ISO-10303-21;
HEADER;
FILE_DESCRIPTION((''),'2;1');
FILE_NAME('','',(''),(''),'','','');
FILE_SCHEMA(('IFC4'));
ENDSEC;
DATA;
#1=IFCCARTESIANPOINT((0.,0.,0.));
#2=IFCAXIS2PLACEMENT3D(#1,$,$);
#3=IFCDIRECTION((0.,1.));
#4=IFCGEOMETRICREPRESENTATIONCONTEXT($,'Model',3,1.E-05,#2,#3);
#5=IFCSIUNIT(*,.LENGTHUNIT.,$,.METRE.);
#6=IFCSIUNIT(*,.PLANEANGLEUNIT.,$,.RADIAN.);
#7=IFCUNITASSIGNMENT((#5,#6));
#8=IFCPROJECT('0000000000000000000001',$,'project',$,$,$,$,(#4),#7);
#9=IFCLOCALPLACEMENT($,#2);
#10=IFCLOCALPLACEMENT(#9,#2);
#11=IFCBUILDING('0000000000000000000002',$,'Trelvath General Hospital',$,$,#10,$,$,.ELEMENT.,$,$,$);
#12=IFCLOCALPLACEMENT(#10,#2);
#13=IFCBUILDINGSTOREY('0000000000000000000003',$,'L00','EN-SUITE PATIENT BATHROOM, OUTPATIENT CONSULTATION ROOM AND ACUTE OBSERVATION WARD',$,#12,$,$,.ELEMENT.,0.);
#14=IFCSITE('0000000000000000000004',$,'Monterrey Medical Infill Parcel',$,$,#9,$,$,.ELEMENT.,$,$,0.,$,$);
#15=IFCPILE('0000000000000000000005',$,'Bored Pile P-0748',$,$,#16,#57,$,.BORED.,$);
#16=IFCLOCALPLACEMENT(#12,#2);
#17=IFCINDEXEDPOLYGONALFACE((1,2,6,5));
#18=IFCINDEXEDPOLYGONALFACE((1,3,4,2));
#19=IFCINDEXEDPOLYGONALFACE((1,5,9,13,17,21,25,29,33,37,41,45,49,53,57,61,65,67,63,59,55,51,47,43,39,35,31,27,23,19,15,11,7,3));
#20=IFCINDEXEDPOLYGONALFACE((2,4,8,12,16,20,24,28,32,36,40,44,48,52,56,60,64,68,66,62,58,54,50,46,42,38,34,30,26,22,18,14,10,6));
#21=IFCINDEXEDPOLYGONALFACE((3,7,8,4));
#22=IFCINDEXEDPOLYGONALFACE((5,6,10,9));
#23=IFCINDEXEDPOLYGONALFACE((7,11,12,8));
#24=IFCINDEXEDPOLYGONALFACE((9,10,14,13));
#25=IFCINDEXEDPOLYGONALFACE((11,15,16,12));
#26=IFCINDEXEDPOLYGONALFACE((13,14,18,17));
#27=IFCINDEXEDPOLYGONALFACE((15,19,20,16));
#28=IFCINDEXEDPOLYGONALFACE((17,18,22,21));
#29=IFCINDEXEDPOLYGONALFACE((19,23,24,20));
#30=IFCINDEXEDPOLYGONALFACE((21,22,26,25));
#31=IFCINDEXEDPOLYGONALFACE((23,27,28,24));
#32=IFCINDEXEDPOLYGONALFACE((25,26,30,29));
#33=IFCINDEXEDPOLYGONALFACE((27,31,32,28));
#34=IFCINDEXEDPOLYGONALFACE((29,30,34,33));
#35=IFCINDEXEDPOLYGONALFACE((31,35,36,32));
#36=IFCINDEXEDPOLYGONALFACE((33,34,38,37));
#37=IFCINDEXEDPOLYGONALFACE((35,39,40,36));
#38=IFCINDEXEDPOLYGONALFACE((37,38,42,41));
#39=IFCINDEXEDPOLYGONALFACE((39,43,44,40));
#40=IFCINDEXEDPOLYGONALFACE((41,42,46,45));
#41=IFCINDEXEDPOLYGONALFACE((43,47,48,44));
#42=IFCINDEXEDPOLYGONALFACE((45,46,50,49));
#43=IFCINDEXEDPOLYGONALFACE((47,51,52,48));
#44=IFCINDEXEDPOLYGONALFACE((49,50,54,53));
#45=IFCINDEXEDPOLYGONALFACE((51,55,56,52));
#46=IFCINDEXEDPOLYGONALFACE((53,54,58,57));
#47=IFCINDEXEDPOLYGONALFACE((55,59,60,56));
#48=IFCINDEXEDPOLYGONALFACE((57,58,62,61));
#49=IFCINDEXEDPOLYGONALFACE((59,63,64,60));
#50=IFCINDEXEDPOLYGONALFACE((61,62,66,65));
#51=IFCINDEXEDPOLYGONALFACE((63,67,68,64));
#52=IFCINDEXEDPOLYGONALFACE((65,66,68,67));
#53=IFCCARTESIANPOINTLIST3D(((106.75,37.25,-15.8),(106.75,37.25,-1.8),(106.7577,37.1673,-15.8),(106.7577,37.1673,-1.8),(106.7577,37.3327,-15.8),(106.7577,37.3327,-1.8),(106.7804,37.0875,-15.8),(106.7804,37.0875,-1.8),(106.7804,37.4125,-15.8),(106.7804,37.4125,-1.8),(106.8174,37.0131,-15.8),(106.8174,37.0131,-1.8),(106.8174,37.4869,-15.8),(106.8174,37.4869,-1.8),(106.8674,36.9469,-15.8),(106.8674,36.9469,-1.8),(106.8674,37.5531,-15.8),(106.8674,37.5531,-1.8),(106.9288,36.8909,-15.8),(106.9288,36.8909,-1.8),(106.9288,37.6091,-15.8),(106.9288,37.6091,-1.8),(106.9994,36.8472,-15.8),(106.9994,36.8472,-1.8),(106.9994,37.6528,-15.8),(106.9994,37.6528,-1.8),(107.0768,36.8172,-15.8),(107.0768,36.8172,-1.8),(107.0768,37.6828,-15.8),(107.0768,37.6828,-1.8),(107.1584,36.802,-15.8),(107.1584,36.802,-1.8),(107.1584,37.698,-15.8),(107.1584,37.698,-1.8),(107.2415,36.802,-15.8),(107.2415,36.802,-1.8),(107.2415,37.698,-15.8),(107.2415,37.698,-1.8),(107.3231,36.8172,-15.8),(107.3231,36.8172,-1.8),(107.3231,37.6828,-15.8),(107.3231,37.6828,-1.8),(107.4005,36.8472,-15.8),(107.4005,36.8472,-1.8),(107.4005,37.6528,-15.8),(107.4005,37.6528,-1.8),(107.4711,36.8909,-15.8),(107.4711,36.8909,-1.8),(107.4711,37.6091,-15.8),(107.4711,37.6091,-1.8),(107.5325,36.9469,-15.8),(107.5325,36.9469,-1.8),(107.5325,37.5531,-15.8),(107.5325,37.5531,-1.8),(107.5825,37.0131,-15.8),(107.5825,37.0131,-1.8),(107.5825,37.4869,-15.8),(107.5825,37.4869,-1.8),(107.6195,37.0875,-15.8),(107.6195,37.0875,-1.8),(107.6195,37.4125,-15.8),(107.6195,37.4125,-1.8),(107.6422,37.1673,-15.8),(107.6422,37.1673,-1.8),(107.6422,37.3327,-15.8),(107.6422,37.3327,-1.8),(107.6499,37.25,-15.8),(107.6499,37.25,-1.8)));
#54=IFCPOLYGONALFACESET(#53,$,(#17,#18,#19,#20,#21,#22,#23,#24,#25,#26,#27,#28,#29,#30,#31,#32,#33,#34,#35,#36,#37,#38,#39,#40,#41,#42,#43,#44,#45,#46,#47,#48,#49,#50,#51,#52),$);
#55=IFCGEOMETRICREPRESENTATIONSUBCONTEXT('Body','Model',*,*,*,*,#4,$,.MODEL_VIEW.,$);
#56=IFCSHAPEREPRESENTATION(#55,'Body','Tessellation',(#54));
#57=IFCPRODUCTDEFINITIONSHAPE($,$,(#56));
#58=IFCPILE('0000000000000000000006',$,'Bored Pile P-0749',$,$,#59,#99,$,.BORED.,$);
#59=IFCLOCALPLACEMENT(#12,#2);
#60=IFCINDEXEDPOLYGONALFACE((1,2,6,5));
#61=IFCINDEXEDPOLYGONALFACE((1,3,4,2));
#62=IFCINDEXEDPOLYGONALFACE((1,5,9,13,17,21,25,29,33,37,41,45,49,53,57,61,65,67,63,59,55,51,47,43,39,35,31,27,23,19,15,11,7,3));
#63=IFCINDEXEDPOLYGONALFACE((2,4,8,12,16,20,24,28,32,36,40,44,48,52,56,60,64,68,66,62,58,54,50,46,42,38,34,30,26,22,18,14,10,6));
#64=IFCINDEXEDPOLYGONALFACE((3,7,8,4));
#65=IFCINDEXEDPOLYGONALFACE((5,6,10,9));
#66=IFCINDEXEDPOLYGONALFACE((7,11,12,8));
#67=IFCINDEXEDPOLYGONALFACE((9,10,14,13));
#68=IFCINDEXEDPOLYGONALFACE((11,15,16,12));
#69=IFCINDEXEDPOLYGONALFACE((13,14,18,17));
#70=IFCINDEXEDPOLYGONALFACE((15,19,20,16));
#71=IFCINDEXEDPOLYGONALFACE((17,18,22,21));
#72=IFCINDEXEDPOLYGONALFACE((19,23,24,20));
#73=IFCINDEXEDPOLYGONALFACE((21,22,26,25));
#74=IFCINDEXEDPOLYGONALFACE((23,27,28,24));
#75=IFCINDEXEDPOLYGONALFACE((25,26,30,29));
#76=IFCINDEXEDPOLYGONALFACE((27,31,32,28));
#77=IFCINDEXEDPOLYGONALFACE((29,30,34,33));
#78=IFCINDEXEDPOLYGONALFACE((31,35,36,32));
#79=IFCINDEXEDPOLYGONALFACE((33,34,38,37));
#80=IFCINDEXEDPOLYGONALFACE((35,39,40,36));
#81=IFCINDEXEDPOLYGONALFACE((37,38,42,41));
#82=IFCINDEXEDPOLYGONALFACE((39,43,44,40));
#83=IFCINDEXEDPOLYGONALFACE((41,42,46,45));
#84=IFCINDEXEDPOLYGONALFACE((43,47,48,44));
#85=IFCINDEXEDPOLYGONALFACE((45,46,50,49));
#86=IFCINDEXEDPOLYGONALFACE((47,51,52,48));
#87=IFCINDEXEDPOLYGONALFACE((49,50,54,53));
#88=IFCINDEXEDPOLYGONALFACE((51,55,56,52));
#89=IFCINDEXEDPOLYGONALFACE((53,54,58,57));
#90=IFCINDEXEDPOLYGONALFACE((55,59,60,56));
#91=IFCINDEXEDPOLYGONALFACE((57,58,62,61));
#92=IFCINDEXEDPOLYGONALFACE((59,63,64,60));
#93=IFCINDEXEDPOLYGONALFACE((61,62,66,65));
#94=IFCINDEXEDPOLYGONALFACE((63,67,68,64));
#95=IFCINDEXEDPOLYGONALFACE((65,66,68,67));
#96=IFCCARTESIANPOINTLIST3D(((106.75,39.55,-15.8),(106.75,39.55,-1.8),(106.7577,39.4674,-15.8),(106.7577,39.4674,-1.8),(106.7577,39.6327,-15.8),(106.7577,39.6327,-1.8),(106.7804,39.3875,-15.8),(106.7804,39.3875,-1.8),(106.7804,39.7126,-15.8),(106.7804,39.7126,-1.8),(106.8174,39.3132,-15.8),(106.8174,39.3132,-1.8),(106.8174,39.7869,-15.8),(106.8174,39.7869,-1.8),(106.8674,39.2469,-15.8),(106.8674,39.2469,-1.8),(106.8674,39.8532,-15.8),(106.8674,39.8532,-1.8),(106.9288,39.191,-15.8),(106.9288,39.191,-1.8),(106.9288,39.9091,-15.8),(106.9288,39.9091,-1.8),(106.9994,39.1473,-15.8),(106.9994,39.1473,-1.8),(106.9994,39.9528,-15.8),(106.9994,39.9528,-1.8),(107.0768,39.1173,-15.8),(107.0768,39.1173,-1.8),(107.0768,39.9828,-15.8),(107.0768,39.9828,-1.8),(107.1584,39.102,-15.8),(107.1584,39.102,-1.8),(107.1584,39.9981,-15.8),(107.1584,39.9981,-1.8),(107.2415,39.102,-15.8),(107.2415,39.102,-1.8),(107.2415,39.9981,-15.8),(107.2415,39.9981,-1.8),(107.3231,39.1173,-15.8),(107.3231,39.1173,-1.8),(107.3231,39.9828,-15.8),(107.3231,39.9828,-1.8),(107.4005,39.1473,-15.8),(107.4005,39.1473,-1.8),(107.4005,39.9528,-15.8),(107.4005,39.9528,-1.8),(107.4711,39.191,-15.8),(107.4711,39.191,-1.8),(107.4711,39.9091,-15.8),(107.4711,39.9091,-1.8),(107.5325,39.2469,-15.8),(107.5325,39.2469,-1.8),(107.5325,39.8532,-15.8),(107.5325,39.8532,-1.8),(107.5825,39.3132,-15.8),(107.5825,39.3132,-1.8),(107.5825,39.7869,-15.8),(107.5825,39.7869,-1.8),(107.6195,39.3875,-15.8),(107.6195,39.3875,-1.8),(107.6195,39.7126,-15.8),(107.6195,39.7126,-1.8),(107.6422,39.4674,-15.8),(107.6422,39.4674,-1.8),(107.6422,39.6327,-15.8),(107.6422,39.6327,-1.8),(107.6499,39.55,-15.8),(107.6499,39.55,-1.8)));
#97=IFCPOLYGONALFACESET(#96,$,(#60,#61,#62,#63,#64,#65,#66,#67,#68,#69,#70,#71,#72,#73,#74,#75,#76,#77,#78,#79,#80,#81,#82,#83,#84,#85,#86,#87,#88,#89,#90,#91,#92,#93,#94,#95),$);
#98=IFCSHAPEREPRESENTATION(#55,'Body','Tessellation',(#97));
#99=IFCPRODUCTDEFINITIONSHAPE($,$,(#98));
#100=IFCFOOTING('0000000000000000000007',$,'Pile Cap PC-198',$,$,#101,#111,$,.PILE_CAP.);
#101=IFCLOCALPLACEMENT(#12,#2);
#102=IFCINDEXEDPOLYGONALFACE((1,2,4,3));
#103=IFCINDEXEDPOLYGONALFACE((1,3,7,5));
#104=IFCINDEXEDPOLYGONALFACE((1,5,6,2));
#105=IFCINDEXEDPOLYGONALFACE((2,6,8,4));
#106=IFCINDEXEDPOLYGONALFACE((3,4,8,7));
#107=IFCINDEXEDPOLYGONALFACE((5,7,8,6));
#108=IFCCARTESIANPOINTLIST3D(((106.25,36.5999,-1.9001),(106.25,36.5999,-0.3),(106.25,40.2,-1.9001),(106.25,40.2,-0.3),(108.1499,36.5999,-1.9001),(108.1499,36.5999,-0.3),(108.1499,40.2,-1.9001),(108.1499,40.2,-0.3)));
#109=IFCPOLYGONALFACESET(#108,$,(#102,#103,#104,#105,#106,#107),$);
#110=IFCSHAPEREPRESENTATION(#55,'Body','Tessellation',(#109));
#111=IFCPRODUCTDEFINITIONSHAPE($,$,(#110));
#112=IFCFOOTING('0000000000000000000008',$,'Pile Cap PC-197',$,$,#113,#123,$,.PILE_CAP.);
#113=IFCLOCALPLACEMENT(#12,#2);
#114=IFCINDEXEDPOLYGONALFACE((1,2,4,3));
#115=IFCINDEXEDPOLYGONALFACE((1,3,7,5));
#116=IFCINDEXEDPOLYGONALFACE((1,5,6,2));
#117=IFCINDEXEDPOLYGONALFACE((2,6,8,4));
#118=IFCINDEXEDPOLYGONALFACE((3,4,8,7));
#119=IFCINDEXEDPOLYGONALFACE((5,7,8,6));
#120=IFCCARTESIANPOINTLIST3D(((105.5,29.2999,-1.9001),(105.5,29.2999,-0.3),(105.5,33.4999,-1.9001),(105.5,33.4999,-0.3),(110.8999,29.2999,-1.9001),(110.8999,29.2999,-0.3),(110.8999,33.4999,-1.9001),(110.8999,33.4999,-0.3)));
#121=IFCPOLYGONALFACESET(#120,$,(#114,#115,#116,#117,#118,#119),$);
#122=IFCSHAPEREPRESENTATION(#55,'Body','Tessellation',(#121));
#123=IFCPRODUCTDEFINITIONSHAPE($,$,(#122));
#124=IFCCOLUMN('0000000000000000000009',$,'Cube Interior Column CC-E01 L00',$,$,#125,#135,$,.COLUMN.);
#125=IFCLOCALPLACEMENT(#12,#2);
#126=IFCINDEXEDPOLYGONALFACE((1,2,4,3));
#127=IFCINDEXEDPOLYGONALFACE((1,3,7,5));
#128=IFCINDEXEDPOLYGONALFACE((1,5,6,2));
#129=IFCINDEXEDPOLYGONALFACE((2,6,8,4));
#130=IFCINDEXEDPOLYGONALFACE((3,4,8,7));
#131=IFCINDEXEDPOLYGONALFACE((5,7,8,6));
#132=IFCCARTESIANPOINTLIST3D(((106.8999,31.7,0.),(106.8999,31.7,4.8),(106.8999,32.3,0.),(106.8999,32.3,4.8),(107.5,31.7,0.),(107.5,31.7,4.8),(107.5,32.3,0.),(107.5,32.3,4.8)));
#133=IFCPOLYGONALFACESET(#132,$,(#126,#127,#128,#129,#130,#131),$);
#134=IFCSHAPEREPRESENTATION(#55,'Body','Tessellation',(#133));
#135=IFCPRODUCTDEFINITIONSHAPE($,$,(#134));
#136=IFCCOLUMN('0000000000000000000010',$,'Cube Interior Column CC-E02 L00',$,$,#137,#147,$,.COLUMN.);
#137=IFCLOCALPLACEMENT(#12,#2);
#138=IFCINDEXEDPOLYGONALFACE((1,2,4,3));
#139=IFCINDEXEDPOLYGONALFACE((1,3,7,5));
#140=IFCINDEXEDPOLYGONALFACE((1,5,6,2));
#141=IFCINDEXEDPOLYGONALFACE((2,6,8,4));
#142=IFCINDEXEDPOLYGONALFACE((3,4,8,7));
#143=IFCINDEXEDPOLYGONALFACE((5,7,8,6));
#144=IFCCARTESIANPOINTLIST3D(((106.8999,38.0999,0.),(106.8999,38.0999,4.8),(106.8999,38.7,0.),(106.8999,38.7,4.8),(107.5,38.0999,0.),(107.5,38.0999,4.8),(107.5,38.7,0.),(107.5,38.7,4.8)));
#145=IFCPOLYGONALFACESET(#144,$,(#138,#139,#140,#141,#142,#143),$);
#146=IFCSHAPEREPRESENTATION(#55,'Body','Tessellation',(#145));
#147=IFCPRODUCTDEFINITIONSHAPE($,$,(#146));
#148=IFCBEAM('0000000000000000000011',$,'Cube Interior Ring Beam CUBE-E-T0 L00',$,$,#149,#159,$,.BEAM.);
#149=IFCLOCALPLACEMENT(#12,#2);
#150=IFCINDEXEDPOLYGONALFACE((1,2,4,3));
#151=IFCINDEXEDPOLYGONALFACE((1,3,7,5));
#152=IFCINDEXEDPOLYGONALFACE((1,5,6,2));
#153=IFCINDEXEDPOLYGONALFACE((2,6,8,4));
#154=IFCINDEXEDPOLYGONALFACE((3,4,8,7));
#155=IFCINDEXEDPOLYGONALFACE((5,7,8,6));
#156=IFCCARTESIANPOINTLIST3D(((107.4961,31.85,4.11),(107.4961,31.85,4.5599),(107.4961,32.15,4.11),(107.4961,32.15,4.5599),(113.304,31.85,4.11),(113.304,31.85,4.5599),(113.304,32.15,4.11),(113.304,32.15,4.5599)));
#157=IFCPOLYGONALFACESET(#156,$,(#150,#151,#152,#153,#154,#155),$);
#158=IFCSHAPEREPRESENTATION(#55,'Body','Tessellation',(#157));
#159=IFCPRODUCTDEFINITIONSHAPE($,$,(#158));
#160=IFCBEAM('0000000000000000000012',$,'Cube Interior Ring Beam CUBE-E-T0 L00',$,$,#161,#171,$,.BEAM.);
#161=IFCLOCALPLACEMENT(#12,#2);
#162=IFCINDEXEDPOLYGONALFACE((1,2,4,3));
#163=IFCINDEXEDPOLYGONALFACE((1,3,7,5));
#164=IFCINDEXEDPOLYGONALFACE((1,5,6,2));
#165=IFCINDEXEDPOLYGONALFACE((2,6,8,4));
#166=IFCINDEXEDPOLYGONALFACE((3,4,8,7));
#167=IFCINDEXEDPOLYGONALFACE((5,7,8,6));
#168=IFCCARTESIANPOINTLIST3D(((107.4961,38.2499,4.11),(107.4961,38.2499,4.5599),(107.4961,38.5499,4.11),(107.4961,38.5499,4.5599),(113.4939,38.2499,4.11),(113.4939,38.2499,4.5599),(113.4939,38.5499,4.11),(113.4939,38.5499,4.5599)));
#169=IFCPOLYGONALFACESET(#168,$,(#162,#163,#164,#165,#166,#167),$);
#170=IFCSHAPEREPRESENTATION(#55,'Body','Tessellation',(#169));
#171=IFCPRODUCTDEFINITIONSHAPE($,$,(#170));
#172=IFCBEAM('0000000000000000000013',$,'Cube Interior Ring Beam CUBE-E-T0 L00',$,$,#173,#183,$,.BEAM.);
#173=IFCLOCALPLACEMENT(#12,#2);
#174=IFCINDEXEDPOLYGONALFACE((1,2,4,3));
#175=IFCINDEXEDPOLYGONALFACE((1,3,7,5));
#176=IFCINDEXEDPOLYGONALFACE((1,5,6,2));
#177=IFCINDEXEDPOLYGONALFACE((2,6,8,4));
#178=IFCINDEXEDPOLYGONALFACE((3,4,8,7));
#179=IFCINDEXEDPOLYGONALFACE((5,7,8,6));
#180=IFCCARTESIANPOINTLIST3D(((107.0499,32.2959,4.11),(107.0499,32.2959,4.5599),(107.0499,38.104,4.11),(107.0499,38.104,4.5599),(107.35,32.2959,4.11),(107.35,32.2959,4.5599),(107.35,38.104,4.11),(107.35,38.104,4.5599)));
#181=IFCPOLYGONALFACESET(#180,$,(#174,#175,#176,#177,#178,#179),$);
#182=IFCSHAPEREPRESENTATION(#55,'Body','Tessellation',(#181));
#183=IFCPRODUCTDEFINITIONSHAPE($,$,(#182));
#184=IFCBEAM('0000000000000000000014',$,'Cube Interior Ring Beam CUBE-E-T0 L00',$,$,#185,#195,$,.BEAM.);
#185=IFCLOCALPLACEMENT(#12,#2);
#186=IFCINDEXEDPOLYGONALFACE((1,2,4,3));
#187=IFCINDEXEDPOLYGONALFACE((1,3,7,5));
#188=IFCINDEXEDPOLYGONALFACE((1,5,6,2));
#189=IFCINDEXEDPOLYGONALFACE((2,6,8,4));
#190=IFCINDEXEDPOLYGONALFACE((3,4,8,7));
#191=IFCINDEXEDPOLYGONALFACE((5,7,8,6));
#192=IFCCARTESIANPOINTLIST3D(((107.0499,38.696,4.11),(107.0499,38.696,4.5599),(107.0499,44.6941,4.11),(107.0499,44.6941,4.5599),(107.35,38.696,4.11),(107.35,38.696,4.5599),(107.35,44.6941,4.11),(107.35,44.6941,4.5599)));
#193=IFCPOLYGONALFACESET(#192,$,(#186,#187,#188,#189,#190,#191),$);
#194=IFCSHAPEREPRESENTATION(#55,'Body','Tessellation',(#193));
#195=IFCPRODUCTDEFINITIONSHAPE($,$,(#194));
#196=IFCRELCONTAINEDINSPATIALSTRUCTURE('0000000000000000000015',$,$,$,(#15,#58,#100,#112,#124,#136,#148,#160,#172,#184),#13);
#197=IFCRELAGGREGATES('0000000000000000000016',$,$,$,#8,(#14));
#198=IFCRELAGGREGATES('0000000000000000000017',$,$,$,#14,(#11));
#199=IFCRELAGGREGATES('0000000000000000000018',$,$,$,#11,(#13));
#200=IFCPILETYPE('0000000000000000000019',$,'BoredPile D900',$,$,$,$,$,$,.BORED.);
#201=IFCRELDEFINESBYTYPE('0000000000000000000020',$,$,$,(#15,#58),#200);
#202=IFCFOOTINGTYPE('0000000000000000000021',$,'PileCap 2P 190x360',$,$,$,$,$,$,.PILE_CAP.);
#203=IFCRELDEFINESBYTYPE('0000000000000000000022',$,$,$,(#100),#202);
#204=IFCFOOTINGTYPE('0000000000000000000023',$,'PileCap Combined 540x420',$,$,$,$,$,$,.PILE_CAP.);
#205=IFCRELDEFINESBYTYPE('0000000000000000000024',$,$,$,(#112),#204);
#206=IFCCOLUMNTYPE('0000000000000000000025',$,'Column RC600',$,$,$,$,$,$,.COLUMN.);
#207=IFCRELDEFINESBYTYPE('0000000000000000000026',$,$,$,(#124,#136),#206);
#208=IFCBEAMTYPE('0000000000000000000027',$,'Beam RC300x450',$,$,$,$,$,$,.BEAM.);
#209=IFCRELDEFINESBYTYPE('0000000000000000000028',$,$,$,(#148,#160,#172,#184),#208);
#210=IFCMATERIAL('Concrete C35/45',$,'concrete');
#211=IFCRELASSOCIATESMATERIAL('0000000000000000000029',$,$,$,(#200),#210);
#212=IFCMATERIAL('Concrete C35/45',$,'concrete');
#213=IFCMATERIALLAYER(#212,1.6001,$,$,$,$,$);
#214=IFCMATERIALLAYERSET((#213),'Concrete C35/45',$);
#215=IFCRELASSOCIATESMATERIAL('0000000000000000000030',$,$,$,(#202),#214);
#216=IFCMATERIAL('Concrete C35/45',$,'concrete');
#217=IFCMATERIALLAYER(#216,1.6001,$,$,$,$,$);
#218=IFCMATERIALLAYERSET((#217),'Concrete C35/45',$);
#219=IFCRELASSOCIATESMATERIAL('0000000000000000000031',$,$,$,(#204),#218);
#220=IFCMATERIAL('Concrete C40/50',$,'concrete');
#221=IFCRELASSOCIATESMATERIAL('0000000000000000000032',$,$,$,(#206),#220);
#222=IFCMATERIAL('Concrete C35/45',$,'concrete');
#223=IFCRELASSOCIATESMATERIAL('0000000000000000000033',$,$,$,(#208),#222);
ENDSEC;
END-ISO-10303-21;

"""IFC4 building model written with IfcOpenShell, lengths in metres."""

from ifc_helpers import new_model, si_unit, direction, frame, origin, origin_2d, place, context, subcontext, project, spatial, rectangle, circle, extrude, material, layer, layer_set, material_profile, profile_set, type_object, element, save


model = new_model("IFC4")

# Units and contexts
model_context = context("Model", 3, precision=1e-05, world=origin(), true_north=direction((0.0, 1.0)))
body_context = subcontext(model_context, "Body", "Model", "MODEL_VIEW")
ifc_project = project(units=[si_unit("LENGTHUNIT", "METRE"), si_unit("PLANEANGLEUNIT", "RADIAN")], contexts=[model_context])

# Site, building, storey
site_placement = place(None, origin())
site = spatial("IfcSite", under=ifc_project, at=site_placement, Name="Monterrey Medical Infill Parcel", CompositionType="ELEMENT", RefElevation=0.0)
building_placement = place(site_placement, origin())
building = spatial("IfcBuilding", under=site, at=building_placement, Name="Trelvath General Hospital", CompositionType="ELEMENT")
storey_placement = place(building_placement, origin())
storey = spatial("IfcBuildingStorey", under=building, at=storey_placement, Name="L00", Description="EN-SUITE PATIENT BATHROOM, OUTPATIENT CONSULTATION ROOM AND ACUTE OBSERVATION WARD", CompositionType="ELEMENT", Elevation=0.0)

# Piles
ifc_material_1 = material(Name="Concrete C35/45", Category="concrete")
ifc_material_profile_1 = material_profile(ifc_material_1, circle(Radius=0.45, at=origin_2d()), Name="PILE900")
ifc_profile_set_1 = profile_set([ifc_material_profile_1], Name="Concrete C35/45")
pile_type_1 = type_object("IfcPileType", Name="BoredPile D900", PredefinedType="BORED", material=ifc_profile_set_1)
for number, where, z_axis, x_axis, name in (
    (1, (107.2, 37.25, -1.8), (0.0, 0.0, -1.0), (1.0, 0.0, 0.0), "Bored Pile P-0748"),
    (2, (107.2, 39.55, -1.8), (0.0, 0.0, -1.0), (1.0, 0.0, 0.0), "Bored Pile P-0749"),
):
    element("IfcPile", number, at=place(storey_placement, frame(where, z_axis=z_axis, x_axis=x_axis)), inside=storey, type_object=pile_type_1, Name=name, PredefinedType="BORED", context=body_context, shape_type="SweptSolid", body=[
        extrude(circle(Radius=0.45, at=origin_2d()), origin(), (0.0, 0.0, 1.0), 14.0),
    ])

# Footings
ifc_material_2 = material(Name="Concrete C35/45", Category="concrete")
ifc_layer_1 = layer(ifc_material_2, 1.6001)
ifc_layer_set_1 = layer_set([ifc_layer_1], Name="Concrete C35/45")
footing_type_1 = type_object("IfcFootingType", Name="PileCap 2P 190x360", PredefinedType="PILE_CAP", material=ifc_layer_set_1)
footing_1_placement = place(storey_placement, frame((107.2, 38.3999, -1.9001), z_axis=(0.0, 0.0, 1.0), x_axis=(1.0, 0.0, 0.0)))
element("IfcFooting", 3, at=footing_1_placement, inside=storey, type_object=footing_type_1, Name="Pile Cap PC-198", PredefinedType="PILE_CAP", context=body_context, shape_type="SweptSolid", body=[
    extrude(rectangle(XDim=1.8999, YDim=3.6001, at=origin_2d()), origin(), (0.0, 0.0, 1.0), 1.6001),
])
ifc_material_3 = material(Name="Concrete C35/45", Category="concrete")
ifc_layer_2 = layer(ifc_material_3, 1.6001)
ifc_layer_set_2 = layer_set([ifc_layer_2], Name="Concrete C35/45")
footing_type_2 = type_object("IfcFootingType", Name="PileCap Combined 540x420", PredefinedType="PILE_CAP", material=ifc_layer_set_2)
footing_2_placement = place(storey_placement, frame((108.2, 31.3999, -1.9001), z_axis=(0.0, 0.0, 1.0), x_axis=(1.0, 0.0, 0.0)))
element("IfcFooting", 4, at=footing_2_placement, inside=storey, type_object=footing_type_2, Name="Pile Cap PC-197", PredefinedType="PILE_CAP", context=body_context, shape_type="SweptSolid", body=[
    extrude(rectangle(XDim=5.3999, YDim=4.2, at=origin_2d()), origin(), (0.0, 0.0, 1.0), 1.6001),
])

# Columns
ifc_material_4 = material(Name="Concrete C40/50", Category="concrete")
ifc_material_profile_2 = material_profile(ifc_material_4, rectangle(XDim=0.6001, YDim=0.6001, at=origin_2d()), Name="RC600x600")
ifc_profile_set_2 = profile_set([ifc_material_profile_2], Name="Concrete C40/50")
column_type = type_object("IfcColumnType", Name="Column RC600", PredefinedType="COLUMN", material=ifc_profile_set_2)
for number, where, z_axis, x_axis, name in (
    (5, (107.2, 32.0, 0.0), (0.0, 0.0, 1.0), (1.0, 0.0, 0.0), "Cube Interior Column CC-E01 L00"),
    (6, (107.2, 38.3999, 0.0), (0.0, 0.0, 1.0), (1.0, 0.0, 0.0), "Cube Interior Column CC-E02 L00"),
):
    element("IfcColumn", number, at=place(storey_placement, frame(where, z_axis=z_axis, x_axis=x_axis)), inside=storey, type_object=column_type, Name=name, PredefinedType="COLUMN", context=body_context, shape_type="SweptSolid", body=[
        extrude(rectangle(XDim=0.6001, YDim=0.6001, at=origin_2d()), origin(), (0.0, 0.0, 1.0), 4.8),
    ])

# Beams
ifc_material_5 = material(Name="Concrete C35/45", Category="concrete")
ifc_material_profile_3 = material_profile(ifc_material_5, rectangle(XDim=0.3, YDim=0.45, at=origin_2d()), Name="RCB300x450")
ifc_profile_set_3 = profile_set([ifc_material_profile_3], Name="Concrete C35/45")
beam_type = type_object("IfcBeamType", Name="Beam RC300x450", PredefinedType="BEAM", material=ifc_profile_set_3)
beam_1_placement = place(storey_placement, frame((107.4961, 32.0, 4.335), z_axis=(1.0, 0.0, 0.0), x_axis=(0.0, 1.0, 0.0)))
element("IfcBeam", 7, at=beam_1_placement, inside=storey, type_object=beam_type, Name="Cube Interior Ring Beam CUBE-E-T0 L00", PredefinedType="BEAM", context=body_context, shape_type="SweptSolid", body=[
    extrude(rectangle(XDim=0.3, YDim=0.45, at=origin_2d()), origin(), (0.0, 0.0, 1.0), 5.8079),
])
beam_2_placement = place(storey_placement, frame((107.4961, 38.3999, 4.335), z_axis=(1.0, 0.0, 0.0), x_axis=(0.0, 1.0, 0.0)))
element("IfcBeam", 8, at=beam_2_placement, inside=storey, type_object=beam_type, Name="Cube Interior Ring Beam CUBE-E-T0 L00", PredefinedType="BEAM", context=body_context, shape_type="SweptSolid", body=[
    extrude(rectangle(XDim=0.3, YDim=0.45, at=origin_2d()), origin(), (0.0, 0.0, 1.0), 5.9978),
])
beam_3_placement = place(storey_placement, frame((107.2, 32.2959, 4.335), z_axis=(0.0, 1.0, 0.0), x_axis=(-1.0, 0.0, 0.0)))
element("IfcBeam", 9, at=beam_3_placement, inside=storey, type_object=beam_type, Name="Cube Interior Ring Beam CUBE-E-T0 L00", PredefinedType="BEAM", context=body_context, shape_type="SweptSolid", body=[
    extrude(rectangle(XDim=0.3, YDim=0.45, at=origin_2d()), origin(), (0.0, 0.0, 1.0), 5.8081),
])
beam_4_placement = place(storey_placement, frame((107.2, 38.696, 4.335), z_axis=(0.0, 1.0, 0.0), x_axis=(-1.0, 0.0, 0.0)))
element("IfcBeam", 10, at=beam_4_placement, inside=storey, type_object=beam_type, Name="Cube Interior Ring Beam CUBE-E-T0 L00", PredefinedType="BEAM", context=body_context, shape_type="SweptSolid", body=[
    extrude(rectangle(XDim=0.3, YDim=0.45, at=origin_2d()), origin(), (0.0, 0.0, 1.0), 5.998),
])

save(model, "model.ifc")
